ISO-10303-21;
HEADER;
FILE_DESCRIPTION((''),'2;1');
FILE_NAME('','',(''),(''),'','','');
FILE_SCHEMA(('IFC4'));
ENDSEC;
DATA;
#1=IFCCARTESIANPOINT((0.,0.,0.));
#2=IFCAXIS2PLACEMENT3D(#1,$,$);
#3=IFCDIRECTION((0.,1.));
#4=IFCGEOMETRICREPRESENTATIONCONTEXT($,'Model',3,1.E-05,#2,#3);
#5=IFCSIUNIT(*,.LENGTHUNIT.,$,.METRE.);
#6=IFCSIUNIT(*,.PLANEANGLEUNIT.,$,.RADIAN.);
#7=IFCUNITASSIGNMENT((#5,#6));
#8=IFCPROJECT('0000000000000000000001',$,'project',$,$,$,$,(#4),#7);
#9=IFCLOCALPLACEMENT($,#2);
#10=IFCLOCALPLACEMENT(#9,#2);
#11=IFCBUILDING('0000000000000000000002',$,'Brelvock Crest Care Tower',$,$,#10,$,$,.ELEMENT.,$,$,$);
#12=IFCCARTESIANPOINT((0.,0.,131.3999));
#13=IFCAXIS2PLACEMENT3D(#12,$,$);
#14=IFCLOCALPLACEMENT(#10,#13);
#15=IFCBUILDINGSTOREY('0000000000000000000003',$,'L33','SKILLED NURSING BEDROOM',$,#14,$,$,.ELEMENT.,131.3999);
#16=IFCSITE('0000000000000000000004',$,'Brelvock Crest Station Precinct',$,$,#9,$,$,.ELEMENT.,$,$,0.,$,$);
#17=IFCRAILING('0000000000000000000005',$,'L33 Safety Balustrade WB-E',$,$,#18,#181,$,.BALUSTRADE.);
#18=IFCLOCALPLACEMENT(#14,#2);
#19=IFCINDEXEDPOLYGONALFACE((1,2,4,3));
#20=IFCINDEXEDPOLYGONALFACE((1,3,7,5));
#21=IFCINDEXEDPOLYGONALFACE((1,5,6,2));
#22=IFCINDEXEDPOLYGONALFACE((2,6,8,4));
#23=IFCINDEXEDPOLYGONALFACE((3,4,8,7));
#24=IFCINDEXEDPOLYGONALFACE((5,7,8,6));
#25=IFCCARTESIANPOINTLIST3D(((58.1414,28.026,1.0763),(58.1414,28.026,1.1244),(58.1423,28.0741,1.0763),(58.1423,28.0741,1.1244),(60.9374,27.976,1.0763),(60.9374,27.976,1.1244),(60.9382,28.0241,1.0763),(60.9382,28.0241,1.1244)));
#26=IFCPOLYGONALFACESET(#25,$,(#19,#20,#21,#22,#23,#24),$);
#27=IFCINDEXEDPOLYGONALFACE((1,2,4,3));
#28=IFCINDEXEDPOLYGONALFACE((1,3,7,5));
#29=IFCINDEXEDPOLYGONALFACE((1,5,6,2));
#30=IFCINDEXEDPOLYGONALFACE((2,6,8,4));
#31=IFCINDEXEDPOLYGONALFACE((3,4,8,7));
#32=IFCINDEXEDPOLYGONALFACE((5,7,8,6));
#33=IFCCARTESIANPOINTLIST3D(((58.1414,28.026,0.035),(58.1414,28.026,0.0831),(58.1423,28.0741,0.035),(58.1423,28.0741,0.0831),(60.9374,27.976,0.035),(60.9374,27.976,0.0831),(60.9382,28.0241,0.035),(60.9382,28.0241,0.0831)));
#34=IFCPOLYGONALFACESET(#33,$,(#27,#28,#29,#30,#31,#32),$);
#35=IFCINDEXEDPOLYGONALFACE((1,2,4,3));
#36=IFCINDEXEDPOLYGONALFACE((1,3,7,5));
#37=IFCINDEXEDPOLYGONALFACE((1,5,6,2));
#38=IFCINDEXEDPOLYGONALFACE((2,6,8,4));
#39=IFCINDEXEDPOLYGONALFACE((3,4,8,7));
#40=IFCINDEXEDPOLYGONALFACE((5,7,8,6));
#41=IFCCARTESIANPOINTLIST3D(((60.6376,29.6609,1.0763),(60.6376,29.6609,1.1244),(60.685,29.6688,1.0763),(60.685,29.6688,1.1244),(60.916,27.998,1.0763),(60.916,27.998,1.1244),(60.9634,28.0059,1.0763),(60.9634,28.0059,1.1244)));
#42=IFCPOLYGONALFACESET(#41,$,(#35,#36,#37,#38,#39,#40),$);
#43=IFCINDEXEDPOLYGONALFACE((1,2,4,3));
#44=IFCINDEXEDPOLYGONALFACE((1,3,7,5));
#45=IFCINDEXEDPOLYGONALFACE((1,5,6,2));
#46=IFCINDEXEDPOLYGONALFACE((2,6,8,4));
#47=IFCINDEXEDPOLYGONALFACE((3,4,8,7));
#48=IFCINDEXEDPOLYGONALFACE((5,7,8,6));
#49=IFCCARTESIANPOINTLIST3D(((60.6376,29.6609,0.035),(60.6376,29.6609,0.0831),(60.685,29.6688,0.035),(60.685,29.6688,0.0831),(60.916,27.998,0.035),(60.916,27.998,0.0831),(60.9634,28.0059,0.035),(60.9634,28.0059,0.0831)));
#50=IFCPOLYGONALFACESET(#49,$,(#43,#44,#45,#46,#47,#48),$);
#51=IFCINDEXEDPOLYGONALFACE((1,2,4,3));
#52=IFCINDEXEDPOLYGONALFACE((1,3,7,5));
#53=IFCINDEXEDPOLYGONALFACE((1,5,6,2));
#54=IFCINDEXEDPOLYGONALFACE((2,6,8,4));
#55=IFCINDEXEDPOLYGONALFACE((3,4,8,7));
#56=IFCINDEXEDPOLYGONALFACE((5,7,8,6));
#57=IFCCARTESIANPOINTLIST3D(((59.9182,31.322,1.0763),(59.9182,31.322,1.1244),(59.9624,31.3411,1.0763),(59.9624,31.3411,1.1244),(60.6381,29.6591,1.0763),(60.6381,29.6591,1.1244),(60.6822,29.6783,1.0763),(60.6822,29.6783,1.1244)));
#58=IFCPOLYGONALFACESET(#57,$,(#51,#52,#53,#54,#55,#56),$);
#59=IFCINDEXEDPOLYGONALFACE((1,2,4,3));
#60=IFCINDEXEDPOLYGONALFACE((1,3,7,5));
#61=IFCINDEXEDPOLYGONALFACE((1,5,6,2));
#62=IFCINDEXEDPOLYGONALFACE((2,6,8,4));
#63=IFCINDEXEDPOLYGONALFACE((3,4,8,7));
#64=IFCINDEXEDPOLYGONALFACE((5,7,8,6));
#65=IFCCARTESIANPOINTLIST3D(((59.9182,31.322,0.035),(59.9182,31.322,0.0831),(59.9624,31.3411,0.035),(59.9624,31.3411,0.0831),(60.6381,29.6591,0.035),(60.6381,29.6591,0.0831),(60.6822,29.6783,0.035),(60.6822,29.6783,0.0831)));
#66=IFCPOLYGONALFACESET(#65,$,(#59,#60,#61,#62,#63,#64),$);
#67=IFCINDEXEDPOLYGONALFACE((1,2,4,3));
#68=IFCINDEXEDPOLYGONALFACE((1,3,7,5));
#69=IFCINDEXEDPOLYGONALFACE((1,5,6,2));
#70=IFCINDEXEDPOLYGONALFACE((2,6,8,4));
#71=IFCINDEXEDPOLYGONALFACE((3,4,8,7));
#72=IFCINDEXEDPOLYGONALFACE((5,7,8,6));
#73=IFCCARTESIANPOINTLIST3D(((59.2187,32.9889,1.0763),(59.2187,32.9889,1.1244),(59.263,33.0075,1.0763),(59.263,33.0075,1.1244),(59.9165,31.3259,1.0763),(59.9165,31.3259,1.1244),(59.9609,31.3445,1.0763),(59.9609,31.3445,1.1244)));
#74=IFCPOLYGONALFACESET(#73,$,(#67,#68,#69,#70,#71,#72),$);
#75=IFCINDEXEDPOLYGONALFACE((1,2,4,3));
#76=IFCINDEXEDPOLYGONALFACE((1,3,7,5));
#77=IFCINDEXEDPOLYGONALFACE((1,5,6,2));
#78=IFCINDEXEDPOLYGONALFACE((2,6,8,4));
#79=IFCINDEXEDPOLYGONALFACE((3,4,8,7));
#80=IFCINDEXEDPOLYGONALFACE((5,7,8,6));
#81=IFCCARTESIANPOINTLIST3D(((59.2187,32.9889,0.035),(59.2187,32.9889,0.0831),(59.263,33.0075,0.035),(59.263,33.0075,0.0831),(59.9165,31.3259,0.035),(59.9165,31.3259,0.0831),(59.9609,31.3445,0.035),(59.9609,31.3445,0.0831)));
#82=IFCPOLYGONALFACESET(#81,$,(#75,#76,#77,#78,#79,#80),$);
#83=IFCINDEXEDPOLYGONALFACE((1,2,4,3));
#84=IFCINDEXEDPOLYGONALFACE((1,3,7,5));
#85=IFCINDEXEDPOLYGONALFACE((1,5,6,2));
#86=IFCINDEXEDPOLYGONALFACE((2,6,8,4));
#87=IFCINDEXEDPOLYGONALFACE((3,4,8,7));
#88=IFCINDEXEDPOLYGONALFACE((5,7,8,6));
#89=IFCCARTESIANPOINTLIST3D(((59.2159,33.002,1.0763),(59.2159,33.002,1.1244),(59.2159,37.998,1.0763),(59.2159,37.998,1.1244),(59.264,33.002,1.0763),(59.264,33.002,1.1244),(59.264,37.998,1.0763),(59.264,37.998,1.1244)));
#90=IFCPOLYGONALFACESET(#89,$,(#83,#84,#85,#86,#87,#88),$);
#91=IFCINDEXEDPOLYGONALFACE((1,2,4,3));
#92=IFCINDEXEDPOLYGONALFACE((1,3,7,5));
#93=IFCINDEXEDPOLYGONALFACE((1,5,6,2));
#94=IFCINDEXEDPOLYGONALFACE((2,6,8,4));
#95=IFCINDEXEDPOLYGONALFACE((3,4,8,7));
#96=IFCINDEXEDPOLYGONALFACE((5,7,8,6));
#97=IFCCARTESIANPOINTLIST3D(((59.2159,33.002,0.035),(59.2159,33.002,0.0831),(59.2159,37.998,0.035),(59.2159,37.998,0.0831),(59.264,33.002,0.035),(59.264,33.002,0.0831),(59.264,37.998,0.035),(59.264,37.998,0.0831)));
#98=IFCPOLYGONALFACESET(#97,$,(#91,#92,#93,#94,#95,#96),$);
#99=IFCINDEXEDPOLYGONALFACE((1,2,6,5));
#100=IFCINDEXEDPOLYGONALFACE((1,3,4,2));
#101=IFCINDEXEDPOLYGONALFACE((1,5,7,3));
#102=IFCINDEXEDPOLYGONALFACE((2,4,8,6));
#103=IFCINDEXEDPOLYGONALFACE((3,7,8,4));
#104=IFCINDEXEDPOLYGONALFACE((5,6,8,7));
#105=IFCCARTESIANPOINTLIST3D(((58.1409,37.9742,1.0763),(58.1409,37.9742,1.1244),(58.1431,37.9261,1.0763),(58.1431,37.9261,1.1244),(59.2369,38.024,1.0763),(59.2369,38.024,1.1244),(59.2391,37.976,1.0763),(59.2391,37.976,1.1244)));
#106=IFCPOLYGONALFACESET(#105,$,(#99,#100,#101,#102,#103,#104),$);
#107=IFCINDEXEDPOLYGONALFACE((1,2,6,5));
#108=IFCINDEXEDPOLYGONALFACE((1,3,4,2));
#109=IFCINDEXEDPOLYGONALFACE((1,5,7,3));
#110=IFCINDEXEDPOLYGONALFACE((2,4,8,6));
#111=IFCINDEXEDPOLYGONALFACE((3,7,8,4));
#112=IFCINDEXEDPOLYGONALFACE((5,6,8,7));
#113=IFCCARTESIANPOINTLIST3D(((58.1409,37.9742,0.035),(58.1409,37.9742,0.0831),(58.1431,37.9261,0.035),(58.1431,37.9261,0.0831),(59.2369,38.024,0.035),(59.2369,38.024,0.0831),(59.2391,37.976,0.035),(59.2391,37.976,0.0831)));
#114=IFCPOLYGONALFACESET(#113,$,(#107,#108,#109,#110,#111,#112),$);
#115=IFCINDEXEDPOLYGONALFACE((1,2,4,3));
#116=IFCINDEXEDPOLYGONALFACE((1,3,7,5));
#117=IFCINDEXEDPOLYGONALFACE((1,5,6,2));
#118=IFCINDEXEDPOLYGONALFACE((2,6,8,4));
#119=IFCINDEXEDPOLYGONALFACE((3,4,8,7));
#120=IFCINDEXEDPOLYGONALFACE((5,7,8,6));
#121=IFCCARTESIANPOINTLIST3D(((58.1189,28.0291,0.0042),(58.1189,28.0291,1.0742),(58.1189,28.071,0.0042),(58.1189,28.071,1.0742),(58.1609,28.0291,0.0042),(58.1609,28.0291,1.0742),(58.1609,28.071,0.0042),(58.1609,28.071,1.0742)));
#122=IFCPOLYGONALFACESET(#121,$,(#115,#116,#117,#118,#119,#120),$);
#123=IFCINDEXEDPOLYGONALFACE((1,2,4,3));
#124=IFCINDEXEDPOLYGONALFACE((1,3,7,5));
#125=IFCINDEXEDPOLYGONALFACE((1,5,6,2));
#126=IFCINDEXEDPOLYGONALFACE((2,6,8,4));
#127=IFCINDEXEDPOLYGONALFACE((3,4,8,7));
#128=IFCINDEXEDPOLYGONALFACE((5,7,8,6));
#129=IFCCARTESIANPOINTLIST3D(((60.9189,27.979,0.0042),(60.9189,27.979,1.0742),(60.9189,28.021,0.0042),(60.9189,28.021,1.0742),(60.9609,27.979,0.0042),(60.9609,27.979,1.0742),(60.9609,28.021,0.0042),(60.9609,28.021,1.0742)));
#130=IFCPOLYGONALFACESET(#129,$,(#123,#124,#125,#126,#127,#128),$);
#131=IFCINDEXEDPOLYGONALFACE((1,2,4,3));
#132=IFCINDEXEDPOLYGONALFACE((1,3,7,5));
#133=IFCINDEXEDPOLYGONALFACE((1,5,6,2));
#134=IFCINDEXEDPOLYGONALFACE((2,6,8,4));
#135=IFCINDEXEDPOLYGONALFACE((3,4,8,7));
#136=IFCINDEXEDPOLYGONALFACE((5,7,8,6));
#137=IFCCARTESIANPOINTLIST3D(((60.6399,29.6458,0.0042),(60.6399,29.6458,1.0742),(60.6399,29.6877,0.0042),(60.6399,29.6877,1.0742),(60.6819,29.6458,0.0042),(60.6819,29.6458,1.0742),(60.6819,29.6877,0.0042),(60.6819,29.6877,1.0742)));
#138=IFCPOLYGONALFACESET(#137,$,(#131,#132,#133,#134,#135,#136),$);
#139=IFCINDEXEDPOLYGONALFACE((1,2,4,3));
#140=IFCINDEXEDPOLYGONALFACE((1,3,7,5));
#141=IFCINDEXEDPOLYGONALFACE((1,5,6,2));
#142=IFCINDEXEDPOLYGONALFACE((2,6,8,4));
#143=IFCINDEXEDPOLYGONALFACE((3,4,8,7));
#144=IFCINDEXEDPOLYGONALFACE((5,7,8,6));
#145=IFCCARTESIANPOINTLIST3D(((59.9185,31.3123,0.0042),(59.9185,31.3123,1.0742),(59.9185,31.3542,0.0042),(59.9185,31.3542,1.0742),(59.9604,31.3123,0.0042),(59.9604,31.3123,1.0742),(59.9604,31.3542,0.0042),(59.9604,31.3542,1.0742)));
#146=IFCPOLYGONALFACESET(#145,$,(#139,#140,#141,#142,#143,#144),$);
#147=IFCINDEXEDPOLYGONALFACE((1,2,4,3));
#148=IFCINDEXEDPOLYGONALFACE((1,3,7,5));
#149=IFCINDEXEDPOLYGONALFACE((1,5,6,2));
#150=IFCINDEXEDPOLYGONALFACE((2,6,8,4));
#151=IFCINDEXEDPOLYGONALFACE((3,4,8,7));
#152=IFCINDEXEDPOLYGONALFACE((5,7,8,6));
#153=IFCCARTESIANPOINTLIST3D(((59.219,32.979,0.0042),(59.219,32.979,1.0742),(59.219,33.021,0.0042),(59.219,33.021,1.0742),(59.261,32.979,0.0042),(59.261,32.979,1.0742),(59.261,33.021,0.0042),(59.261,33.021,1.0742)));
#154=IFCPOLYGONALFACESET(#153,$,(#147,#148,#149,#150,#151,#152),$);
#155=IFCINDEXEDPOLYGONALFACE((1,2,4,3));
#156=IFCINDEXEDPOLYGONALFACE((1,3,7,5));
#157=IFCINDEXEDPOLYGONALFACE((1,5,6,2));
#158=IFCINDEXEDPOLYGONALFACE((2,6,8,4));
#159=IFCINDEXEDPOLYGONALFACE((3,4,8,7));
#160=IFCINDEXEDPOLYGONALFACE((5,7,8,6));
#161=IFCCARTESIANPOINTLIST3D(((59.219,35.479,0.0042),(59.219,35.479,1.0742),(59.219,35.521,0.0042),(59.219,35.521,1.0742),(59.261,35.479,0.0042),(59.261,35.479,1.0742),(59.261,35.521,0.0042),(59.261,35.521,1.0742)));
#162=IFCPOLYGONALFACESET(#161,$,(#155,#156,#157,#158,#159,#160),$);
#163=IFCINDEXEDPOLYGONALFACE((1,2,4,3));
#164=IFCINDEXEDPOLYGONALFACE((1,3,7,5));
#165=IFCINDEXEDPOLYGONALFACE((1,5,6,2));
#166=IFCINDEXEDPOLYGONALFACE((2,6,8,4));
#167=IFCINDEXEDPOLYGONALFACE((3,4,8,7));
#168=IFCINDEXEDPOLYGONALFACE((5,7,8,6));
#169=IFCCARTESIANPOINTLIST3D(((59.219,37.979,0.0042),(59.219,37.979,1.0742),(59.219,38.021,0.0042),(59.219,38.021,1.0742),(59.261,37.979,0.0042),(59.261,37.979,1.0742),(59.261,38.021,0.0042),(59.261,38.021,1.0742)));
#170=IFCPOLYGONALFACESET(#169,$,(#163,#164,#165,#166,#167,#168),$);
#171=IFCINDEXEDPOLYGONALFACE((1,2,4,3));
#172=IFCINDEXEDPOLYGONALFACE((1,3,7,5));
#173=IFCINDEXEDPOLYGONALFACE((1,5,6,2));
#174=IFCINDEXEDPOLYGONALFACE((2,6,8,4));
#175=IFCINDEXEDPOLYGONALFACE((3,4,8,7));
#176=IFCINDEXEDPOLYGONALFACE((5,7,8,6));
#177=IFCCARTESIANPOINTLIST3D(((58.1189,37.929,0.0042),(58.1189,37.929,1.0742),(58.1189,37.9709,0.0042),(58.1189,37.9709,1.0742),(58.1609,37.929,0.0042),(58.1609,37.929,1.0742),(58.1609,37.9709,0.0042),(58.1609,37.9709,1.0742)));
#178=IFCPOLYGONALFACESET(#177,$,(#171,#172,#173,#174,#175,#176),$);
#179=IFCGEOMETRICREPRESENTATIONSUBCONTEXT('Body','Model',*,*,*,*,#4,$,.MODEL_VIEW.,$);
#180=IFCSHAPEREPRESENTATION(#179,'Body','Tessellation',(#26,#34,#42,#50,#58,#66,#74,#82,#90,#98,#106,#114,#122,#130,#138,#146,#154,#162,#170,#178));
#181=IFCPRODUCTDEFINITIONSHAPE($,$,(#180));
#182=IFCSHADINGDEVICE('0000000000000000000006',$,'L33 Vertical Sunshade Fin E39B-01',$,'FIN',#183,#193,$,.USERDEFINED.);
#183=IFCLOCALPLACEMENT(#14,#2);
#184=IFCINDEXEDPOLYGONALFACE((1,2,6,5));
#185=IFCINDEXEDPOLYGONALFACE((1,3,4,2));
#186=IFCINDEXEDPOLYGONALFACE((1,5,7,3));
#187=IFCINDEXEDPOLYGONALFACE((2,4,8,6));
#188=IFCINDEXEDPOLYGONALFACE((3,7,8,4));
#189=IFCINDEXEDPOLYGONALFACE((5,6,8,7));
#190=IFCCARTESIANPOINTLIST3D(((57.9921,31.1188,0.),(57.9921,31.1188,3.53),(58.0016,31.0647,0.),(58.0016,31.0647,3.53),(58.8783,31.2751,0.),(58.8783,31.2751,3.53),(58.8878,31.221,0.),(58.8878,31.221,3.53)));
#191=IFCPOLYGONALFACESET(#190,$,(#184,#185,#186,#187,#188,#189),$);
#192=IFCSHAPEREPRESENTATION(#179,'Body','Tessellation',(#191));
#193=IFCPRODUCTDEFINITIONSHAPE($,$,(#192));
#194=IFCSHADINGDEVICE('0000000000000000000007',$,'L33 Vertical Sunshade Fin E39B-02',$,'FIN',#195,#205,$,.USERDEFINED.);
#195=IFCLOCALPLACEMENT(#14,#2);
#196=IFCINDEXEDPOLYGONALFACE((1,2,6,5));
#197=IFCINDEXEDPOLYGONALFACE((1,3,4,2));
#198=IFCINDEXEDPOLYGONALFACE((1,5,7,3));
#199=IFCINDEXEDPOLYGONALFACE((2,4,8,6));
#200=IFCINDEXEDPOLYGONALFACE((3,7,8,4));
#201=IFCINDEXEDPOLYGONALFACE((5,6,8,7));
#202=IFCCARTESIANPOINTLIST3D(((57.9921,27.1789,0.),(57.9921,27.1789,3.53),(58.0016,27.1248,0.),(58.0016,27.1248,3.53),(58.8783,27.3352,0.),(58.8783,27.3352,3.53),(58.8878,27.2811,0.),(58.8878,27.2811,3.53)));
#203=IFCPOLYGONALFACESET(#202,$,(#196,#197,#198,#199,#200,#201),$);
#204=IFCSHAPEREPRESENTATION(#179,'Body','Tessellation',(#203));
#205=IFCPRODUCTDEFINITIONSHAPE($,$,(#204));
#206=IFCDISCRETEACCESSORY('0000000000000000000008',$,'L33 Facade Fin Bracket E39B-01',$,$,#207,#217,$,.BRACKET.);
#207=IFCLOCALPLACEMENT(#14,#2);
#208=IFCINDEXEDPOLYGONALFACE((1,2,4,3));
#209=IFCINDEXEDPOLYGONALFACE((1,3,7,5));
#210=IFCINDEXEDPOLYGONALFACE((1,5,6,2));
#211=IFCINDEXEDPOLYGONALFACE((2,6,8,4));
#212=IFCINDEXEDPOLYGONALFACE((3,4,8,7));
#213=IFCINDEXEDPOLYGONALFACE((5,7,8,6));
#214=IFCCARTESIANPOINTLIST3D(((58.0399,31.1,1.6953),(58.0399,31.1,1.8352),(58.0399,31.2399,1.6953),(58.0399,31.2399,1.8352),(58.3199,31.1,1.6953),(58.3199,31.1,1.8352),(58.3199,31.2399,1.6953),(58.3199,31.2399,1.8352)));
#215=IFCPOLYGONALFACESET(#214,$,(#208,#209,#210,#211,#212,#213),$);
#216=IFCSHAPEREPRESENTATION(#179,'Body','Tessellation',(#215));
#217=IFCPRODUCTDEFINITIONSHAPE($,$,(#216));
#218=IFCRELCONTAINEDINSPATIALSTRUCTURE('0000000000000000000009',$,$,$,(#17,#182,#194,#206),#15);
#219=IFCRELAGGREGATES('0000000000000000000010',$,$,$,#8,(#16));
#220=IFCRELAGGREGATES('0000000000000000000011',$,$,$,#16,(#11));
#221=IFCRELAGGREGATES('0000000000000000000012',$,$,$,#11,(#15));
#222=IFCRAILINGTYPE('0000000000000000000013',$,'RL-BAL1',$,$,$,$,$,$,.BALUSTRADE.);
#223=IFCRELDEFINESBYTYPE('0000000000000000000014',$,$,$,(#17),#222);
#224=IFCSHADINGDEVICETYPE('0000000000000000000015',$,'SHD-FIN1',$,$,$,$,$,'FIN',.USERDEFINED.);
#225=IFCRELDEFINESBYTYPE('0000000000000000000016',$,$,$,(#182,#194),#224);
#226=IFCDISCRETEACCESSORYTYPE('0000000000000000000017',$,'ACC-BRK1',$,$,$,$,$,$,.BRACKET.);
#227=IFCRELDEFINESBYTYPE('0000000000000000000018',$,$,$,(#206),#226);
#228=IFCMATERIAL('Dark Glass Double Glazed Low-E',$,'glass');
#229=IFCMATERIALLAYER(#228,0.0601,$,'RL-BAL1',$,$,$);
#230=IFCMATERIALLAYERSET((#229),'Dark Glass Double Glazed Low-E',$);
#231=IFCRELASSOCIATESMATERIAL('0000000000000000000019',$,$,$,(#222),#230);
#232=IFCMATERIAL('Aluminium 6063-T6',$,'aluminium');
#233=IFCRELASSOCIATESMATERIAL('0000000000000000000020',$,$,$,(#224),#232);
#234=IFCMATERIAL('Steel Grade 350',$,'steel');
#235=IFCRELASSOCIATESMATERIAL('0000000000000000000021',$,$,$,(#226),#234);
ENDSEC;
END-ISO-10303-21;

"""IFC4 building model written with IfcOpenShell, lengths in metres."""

from ifc_helpers import new_model, si_unit, direction, frame, origin, origin_2d, place, context, subcontext, project, spatial, rectangle, extrude, source, transform, mapped, material, layer, layer_set, material_profile, profile_set, type_object, element, save


model = new_model("IFC4")

# Units and contexts
model_context = context("Model", 3, precision=1e-05, world=origin(), true_north=direction((0.0, 1.0)))
body_context = subcontext(model_context, "Body", "Model", "MODEL_VIEW")
ifc_project = project(units=[si_unit("LENGTHUNIT", "METRE"), si_unit("PLANEANGLEUNIT", "RADIAN")], contexts=[model_context])

# Site, building, storey
site_placement = place(None, origin())
site = spatial("IfcSite", under=ifc_project, at=site_placement, Name="Brelvock Crest Station Precinct", CompositionType="ELEMENT", RefElevation=0.0)
building_placement = place(site_placement, origin())
building = spatial("IfcBuilding", under=site, at=building_placement, Name="Brelvock Crest Care Tower", CompositionType="ELEMENT")
storey_placement = place(building_placement, frame((0.0, 0.0, 131.3999)))
storey = spatial("IfcBuildingStorey", under=building, at=storey_placement, Name="L33", Description="SKILLED NURSING BEDROOM", CompositionType="ELEMENT", Elevation=131.3999)

# Shared definitions
ifc_material_1 = material(Name="Steel Grade 350", Category="steel")

# Shared definitions
ifc_material_2 = material(Name="Dark Glass Double Glazed Low-E", Category="glass")
ifc_material_3 = material(Name="Aluminium 6063-T6", Category="aluminium")

# Railing
ifc_layer_1 = layer(ifc_material_2, 0.0601, Name="RL-BAL1")
ifc_layer_set_1 = layer_set([ifc_layer_1], Name="Dark Glass Double Glazed Low-E")
railing_type = type_object("IfcRailingType", Name="RL-BAL1", PredefinedType="BALUSTRADE", material=ifc_layer_set_1)
railing_placement = place(storey_placement, frame((58.1399, 28.05, 0.0042)))
element("IfcRailing", 1, at=railing_placement, inside=storey, type_object=railing_type, Name="L33 Safety Balustrade WB-E", PredefinedType="BALUSTRADE", context=body_context, shape_type="SweptSolid", body=[
    extrude(rectangle(XDim=0.0481, YDim=0.0481, at=origin_2d()), frame((0.002, 0.0, 1.0962), z_axis=(0.99984, -0.017871, 0.0), x_axis=(0.017871, 0.99984, 0.0)), (0.0, 0.0, 1.0), 2.7964),
    extrude(rectangle(XDim=0.0481, YDim=0.0481, at=origin_2d()), frame((0.002, 0.0, 0.0549), z_axis=(0.99984, -0.017871, 0.0), x_axis=(0.017871, 0.99984, 0.0)), (0.0, 0.0, 1.0), 2.7964),
    extrude(rectangle(XDim=0.0481, YDim=0.0481, at=origin_2d()), frame((2.7998, -0.0481, 1.0962), z_axis=(-0.165125, 0.986273, 0.0), x_axis=(-0.986273, -0.165125, 0.0)), (0.0, 0.0, 1.0), 1.686),
    extrude(rectangle(XDim=0.0481, YDim=0.0481, at=origin_2d()), frame((2.7998, -0.0481, 0.0549), z_axis=(-0.165125, 0.986273, 0.0), x_axis=(-0.986273, -0.165125, 0.0)), (0.0, 0.0, 1.0), 1.686),
    extrude(rectangle(XDim=0.0481, YDim=0.0481, at=origin_2d()), frame((2.5203, 1.6187, 1.0962), z_axis=(-0.397275, 0.917699, 0.0), x_axis=(-0.917699, -0.397275, 0.0)), (0.0, 0.0, 1.0), 1.812),
    extrude(rectangle(XDim=0.0481, YDim=0.0481, at=origin_2d()), frame((2.5203, 1.6187, 0.0549), z_axis=(-0.397275, 0.917699, 0.0), x_axis=(-0.917699, -0.397275, 0.0)), (0.0, 0.0, 1.0), 1.812),
    extrude(rectangle(XDim=0.0481, YDim=0.0481, at=origin_2d()), frame((1.7988, 3.2852, 1.0962), z_axis=(-0.386964, 0.922095, 0.0), x_axis=(-0.922095, -0.386964, 0.0)), (0.0, 0.0, 1.0), 1.8035),
    extrude(rectangle(XDim=0.0481, YDim=0.0481, at=origin_2d()), frame((1.7988, 3.2852, 0.0549), z_axis=(-0.386964, 0.922095, 0.0), x_axis=(-0.922095, -0.386964, 0.0)), (0.0, 0.0, 1.0), 1.8035),
    extrude(rectangle(XDim=0.0481, YDim=0.0481, at=origin_2d()), frame((1.1001, 4.9519, 1.0962), z_axis=(0.0, 1.0, 0.0), x_axis=(-1.0, 0.0, 0.0)), (0.0, 0.0, 1.0), 4.9961),
    extrude(rectangle(XDim=0.0481, YDim=0.0481, at=origin_2d()), frame((1.1001, 4.9519, 0.0549), z_axis=(0.0, 1.0, 0.0), x_axis=(-1.0, 0.0, 0.0)), (0.0, 0.0, 1.0), 4.9961),
    extrude(rectangle(XDim=0.0481, YDim=0.0481, at=origin_2d()), frame((1.0981, 9.95, 1.0962), z_axis=(-0.998967, -0.045448, 0.0), x_axis=(0.045448, -0.998967, 0.0)), (0.0, 0.0, 1.0), 1.0972),
    extrude(rectangle(XDim=0.0481, YDim=0.0481, at=origin_2d()), frame((1.0981, 9.95, 0.0549), z_axis=(-0.998967, -0.045448, 0.0), x_axis=(0.045448, -0.998967, 0.0)), (0.0, 0.0, 1.0), 1.0972),
    extrude(rectangle(XDim=0.042, YDim=0.042, at=origin_2d()), origin(), (0.0, 0.0, 1.0), 1.0701),
    extrude(rectangle(XDim=0.042, YDim=0.042, at=origin_2d()), frame((2.8, -0.05, 0.0)), (0.0, 0.0, 1.0), 1.0701),
    extrude(rectangle(XDim=0.042, YDim=0.042, at=origin_2d()), frame((2.521, 1.6167, 0.0)), (0.0, 0.0, 1.0), 1.0701),
    extrude(rectangle(XDim=0.042, YDim=0.042, at=origin_2d()), frame((1.7996, 3.2832, 0.0)), (0.0, 0.0, 1.0), 1.0701),
    extrude(rectangle(XDim=0.042, YDim=0.042, at=origin_2d()), frame((1.1001, 4.95, 0.0)), (0.0, 0.0, 1.0), 1.0701),
    extrude(rectangle(XDim=0.042, YDim=0.042, at=origin_2d()), frame((1.1001, 7.45, 0.0)), (0.0, 0.0, 1.0), 1.0701),
    extrude(rectangle(XDim=0.042, YDim=0.042, at=origin_2d()), frame((1.1001, 9.95, 0.0)), (0.0, 0.0, 1.0), 1.0701),
    extrude(rectangle(XDim=0.042, YDim=0.042, at=origin_2d()), frame((0.0, 9.8999, 0.0)), (0.0, 0.0, 1.0), 1.0701),
])

# Shading devices
ifc_material_profile_1 = material_profile(ifc_material_3, rectangle(XDim=0.0549, YDim=0.8999, at=origin_2d()), Name="FIN55x900")
ifc_profile_set_1 = profile_set([ifc_material_profile_1], Name="Aluminium 6063-T6")
shading_device_type = type_object("IfcShadingDeviceType", Name="SHD-FIN1", ElementType="FIN", PredefinedType="USERDEFINED", material=ifc_profile_set_1)
shared_shape_1 = source(origin(), body_context, "Body", "SweptSolid", [
    extrude(rectangle(XDim=0.0549, YDim=0.8999, at=origin_2d()), origin(), (0.0, 0.0, 1.0), 3.53),
])
for number, where, z_axis, x_axis, name in (
    (2, (58.4399, 31.1699, 0.0), (0.0, 0.0, 1.0), (0.173648, -0.984808, 0.0), "L33 Vertical Sunshade Fin E39B-01"),
    (3, (58.4399, 27.23, 0.0), (0.0, 0.0, 1.0), (0.173648, -0.984808, 0.0), "L33 Vertical Sunshade Fin E39B-02"),
):
    element("IfcShadingDevice", number, at=place(storey_placement, frame(where, z_axis=z_axis, x_axis=x_axis)), inside=storey, type_object=shading_device_type, Name=name, ObjectType="FIN", PredefinedType="USERDEFINED", context=body_context, shape_type="MappedRepresentation", body=[
        mapped(shared_shape_1, transform((0.0, 0.0, 0.0), x_axis=(1.0, 0.0, 0.0), y_axis=(0.0, 1.0, 0.0), z_axis=(0.0, 0.0, 1.0), scale=1.0)),
    ])

# Discrete accessory
discrete_accessory_type = type_object("IfcDiscreteAccessoryType", Name="ACC-BRK1", PredefinedType="BRACKET", material=ifc_material_1)
shared_shape_2 = source(origin(), body_context, "Body", "SweptSolid", [
    extrude(rectangle(XDim=0.28, YDim=0.1399, at=origin_2d()), origin(), (0.0, 0.0, 1.0), 0.1399),
])
for number, where, z_axis, x_axis, name in (
    (4, (58.1799, 31.1699, 1.6953), (0.0, 0.0, 1.0), (1.0, 0.0, 0.0), "L33 Facade Fin Bracket E39B-01"),
):
    element("IfcDiscreteAccessory", number, at=place(storey_placement, frame(where, z_axis=z_axis, x_axis=x_axis)), inside=storey, type_object=discrete_accessory_type, Name=name, PredefinedType="BRACKET", context=body_context, shape_type="MappedRepresentation", body=[
        mapped(shared_shape_2, transform((0.0, 0.0, 0.0), x_axis=(1.0, 0.0, 0.0), y_axis=(0.0, 1.0, 0.0), z_axis=(0.0, 0.0, 1.0), scale=1.0)),
    ])

save(model, "model.ifc")
